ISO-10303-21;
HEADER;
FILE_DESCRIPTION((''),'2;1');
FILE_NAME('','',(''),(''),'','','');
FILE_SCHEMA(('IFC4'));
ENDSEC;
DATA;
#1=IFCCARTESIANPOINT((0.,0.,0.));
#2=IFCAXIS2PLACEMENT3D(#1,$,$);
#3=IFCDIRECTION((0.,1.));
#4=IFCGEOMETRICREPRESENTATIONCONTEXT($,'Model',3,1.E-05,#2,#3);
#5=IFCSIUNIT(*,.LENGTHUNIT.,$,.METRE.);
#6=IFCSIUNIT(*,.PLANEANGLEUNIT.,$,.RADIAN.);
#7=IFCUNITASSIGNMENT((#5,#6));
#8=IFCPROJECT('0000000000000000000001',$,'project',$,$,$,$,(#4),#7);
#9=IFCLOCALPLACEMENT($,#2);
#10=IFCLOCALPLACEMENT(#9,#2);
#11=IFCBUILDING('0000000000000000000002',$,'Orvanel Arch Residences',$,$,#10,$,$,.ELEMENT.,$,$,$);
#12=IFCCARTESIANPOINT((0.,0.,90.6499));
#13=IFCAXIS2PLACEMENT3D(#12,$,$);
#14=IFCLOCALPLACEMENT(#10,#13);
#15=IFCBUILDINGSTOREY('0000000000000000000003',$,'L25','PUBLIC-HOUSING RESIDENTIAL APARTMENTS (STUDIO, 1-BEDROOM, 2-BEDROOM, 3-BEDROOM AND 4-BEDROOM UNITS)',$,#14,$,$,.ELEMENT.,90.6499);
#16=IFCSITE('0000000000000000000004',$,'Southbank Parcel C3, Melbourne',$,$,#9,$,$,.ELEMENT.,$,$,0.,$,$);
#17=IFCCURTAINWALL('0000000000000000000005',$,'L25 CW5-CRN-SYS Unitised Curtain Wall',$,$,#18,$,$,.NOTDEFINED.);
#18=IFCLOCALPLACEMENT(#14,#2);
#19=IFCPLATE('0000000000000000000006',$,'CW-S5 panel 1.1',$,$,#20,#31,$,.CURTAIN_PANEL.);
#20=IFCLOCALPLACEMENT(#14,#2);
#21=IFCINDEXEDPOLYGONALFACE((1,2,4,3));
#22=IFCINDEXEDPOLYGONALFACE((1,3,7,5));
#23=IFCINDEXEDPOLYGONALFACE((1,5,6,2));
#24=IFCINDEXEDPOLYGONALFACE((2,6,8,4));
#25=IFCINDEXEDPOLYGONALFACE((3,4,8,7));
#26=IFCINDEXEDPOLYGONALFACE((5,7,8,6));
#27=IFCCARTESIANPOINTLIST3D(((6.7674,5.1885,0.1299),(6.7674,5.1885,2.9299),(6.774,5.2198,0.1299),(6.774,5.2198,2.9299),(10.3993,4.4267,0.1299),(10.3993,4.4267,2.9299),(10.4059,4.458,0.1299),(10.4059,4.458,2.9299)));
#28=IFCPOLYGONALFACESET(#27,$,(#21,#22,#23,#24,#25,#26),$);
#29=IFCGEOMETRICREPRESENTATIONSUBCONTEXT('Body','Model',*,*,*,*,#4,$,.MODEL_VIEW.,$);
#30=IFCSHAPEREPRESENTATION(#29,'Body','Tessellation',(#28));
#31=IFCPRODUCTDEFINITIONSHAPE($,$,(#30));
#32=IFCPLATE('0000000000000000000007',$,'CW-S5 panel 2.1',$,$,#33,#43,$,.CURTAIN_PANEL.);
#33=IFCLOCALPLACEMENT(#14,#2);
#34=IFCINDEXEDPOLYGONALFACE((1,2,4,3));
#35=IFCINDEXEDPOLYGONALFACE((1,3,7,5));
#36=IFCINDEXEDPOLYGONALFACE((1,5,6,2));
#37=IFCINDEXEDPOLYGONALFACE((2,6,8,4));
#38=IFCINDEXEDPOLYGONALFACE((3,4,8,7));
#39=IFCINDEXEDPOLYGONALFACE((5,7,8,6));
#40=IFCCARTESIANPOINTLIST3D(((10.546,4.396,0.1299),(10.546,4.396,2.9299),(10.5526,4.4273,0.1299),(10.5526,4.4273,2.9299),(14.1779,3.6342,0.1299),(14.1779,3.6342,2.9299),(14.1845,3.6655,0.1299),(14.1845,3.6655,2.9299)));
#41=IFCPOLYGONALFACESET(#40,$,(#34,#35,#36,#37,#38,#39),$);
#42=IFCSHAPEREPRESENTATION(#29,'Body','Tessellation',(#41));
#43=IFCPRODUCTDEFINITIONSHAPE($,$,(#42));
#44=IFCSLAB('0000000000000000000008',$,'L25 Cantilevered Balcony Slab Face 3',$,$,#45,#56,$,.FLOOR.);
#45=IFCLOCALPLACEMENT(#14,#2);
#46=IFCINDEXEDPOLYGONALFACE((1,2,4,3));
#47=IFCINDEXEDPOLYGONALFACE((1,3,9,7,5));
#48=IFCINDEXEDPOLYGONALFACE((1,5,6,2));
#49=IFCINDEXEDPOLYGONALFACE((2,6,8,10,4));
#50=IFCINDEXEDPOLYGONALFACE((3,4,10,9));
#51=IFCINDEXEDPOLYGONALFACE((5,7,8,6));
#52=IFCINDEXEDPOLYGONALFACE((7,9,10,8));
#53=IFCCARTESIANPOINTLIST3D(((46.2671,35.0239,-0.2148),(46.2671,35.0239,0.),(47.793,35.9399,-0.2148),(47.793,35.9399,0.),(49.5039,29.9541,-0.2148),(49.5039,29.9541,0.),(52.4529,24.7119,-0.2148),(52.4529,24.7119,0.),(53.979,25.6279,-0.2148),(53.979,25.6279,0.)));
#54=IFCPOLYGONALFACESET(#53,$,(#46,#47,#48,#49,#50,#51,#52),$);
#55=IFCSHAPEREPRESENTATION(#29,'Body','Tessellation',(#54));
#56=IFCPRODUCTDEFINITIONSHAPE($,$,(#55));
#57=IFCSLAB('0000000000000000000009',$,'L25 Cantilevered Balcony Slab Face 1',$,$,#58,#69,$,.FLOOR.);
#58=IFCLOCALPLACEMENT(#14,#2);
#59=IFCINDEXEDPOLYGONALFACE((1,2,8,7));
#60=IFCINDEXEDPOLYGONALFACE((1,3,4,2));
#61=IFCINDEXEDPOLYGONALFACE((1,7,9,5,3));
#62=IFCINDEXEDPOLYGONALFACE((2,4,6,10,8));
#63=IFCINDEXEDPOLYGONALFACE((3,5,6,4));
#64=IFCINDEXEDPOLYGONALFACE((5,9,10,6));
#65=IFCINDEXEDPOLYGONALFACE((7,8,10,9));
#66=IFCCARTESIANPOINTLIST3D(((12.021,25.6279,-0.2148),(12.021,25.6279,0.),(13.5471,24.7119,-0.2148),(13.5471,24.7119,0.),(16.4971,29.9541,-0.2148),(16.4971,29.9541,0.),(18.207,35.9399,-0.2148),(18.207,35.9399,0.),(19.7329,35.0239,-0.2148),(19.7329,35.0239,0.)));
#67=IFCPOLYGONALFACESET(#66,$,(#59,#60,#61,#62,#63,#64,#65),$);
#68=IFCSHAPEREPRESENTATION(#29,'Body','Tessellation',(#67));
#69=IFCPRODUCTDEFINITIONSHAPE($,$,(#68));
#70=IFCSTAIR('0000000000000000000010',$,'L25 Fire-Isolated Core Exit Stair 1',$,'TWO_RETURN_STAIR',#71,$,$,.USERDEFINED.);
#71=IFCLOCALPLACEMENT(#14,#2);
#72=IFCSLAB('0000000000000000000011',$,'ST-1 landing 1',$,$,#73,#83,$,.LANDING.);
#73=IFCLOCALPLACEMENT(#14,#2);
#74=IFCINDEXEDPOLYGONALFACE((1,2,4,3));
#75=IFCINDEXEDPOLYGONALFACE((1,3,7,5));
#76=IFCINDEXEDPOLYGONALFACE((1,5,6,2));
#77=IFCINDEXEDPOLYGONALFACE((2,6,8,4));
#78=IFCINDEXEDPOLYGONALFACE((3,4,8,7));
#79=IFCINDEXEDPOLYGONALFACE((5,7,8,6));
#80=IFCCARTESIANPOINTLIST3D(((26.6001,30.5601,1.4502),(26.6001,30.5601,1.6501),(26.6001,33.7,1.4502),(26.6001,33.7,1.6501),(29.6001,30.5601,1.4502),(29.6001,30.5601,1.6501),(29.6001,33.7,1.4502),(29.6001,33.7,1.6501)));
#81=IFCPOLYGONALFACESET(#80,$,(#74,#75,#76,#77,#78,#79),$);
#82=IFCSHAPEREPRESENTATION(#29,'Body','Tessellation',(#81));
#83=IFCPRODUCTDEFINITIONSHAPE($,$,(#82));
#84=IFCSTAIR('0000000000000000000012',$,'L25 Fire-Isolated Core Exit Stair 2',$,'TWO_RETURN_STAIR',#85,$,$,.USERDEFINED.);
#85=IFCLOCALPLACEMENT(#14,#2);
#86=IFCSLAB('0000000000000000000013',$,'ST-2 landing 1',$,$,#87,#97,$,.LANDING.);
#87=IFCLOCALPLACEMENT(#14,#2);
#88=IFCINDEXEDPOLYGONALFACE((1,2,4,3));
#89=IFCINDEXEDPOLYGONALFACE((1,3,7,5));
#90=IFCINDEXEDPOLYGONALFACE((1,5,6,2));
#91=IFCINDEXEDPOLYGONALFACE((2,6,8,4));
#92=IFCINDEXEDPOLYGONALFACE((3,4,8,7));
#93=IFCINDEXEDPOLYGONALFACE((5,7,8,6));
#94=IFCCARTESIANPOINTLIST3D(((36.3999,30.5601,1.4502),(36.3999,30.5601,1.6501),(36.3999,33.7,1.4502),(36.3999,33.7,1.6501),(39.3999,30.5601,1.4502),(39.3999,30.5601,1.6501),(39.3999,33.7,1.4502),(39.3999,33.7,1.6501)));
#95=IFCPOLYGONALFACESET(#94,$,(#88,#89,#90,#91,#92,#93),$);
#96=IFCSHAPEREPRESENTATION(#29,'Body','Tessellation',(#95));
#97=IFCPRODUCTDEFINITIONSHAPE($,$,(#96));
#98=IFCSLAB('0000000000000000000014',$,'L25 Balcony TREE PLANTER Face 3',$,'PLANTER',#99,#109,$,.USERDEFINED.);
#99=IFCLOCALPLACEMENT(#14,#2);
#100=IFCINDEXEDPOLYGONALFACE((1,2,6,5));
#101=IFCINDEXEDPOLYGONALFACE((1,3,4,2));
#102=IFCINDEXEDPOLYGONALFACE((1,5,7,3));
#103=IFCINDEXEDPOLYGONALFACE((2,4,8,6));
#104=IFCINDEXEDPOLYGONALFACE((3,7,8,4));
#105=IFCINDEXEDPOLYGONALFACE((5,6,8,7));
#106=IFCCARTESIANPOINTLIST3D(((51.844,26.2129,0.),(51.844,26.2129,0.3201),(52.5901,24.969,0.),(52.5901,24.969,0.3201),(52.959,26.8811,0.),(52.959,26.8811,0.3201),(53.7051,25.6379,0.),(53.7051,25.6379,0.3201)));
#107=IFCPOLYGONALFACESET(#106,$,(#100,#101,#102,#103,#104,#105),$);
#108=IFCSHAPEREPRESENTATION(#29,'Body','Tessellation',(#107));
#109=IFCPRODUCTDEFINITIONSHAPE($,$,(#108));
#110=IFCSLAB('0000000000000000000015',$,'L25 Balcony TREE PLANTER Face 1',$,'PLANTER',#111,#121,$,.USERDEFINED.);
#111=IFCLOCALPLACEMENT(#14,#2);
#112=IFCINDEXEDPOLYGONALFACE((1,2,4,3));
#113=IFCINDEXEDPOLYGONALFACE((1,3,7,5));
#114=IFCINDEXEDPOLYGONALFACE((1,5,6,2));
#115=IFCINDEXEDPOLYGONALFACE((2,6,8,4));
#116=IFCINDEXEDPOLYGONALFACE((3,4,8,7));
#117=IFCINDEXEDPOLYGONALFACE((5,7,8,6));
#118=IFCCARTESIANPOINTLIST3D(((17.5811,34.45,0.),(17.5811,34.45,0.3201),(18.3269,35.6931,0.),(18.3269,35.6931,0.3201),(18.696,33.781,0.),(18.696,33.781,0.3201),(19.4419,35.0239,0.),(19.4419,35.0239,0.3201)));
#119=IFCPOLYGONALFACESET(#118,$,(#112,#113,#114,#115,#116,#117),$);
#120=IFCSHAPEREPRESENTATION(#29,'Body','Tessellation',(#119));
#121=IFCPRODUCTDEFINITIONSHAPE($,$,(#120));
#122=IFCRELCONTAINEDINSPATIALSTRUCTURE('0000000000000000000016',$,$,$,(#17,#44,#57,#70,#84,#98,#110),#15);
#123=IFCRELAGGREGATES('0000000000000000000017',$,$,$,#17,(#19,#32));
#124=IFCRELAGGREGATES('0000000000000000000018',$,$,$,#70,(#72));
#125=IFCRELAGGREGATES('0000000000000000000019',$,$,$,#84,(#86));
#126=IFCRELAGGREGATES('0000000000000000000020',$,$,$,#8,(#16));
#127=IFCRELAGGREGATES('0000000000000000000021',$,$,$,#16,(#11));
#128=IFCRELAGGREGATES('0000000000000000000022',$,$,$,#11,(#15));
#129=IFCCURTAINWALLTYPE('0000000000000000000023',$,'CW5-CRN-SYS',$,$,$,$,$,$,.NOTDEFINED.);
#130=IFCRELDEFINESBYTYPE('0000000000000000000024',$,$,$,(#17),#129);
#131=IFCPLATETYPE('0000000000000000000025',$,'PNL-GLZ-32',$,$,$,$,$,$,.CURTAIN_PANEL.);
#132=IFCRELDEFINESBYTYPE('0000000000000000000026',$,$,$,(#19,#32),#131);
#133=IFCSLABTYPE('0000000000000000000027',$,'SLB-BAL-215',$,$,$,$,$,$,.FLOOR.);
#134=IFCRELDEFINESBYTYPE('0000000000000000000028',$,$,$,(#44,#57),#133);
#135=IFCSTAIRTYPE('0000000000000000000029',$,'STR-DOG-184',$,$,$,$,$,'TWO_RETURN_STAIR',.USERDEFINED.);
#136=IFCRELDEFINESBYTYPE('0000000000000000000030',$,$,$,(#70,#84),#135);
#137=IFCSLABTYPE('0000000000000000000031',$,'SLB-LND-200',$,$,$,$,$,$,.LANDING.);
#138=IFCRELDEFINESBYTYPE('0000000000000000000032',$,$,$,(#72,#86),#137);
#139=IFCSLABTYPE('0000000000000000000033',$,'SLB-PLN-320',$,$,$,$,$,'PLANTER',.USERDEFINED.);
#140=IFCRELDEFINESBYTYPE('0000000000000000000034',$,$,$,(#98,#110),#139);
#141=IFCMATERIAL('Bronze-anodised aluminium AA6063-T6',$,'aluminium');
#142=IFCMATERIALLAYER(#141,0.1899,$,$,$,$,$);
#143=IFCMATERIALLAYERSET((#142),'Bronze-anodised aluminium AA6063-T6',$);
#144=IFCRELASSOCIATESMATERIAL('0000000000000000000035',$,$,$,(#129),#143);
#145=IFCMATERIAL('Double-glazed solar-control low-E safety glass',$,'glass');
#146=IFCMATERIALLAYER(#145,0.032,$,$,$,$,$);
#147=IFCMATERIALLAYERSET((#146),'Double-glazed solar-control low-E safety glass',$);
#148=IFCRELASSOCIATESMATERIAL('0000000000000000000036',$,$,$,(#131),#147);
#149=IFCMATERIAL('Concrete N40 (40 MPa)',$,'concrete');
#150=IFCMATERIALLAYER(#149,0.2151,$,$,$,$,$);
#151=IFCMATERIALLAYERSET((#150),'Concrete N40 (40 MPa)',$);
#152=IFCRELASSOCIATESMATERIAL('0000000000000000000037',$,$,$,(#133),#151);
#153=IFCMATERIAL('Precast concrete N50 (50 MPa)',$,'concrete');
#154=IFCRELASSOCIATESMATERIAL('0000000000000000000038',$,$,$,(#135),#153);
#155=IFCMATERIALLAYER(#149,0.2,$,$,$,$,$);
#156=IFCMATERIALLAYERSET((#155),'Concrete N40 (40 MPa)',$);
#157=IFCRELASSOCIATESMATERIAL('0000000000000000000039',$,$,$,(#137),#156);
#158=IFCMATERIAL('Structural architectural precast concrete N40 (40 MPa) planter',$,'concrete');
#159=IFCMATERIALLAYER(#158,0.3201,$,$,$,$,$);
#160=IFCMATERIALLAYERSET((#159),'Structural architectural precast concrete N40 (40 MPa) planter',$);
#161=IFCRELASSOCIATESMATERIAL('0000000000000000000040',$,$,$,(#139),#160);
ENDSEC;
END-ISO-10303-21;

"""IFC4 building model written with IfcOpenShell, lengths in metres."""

from ifc_helpers import new_model, si_unit, direction, frame, origin, origin_2d, place, context, subcontext, project, spatial, polyline, rectangle, outline, extrude, material, layer, layer_set, type_object, element, aggregate, save


model = new_model("IFC4")

# Units and contexts
model_context = context("Model", 3, precision=1e-05, world=origin(), true_north=direction((0.0, 1.0)))
body_context = subcontext(model_context, "Body", "Model", "MODEL_VIEW")
ifc_project = project(units=[si_unit("LENGTHUNIT", "METRE"), si_unit("PLANEANGLEUNIT", "RADIAN")], contexts=[model_context])

# Site, building, storey
site_placement = place(None, origin())
site = spatial("IfcSite", under=ifc_project, at=site_placement, Name="Southbank Parcel C3, Melbourne", CompositionType="ELEMENT", RefElevation=0.0)
building_placement = place(site_placement, origin())
building = spatial("IfcBuilding", under=site, at=building_placement, Name="Orvanel Arch Residences", CompositionType="ELEMENT")
storey_placement = place(building_placement, frame((0.0, 0.0, 90.6499)))
storey = spatial("IfcBuildingStorey", under=building, at=storey_placement, Name="L25", Description="PUBLIC-HOUSING RESIDENTIAL APARTMENTS (STUDIO, 1-BEDROOM, 2-BEDROOM, 3-BEDROOM AND 4-BEDROOM UNITS)", CompositionType="ELEMENT", Elevation=90.6499)

# Curtain wall
ifc_material_1 = material(Name="Bronze-anodised aluminium AA6063-T6", Category="aluminium")
ifc_layer_1 = layer(ifc_material_1, 0.1899)
ifc_layer_set_1 = layer_set([ifc_layer_1], Name="Bronze-anodised aluminium AA6063-T6")
curtain_wall_type = type_object("IfcCurtainWallType", Name="CW5-CRN-SYS", PredefinedType="NOTDEFINED", material=ifc_layer_set_1)
curtain_wall_1_placement = place(storey_placement, origin())
curtain_wall_1 = element("IfcCurtainWall", 1, at=curtain_wall_1_placement, inside=storey, type_object=curtain_wall_type, Name="L25 CW5-CRN-SYS Unitised Curtain Wall", PredefinedType="NOTDEFINED")

# Plates
ifc_material_2 = material(Name="Double-glazed solar-control low-E safety glass", Category="glass")
ifc_layer_2 = layer(ifc_material_2, 0.032)
ifc_layer_set_2 = layer_set([ifc_layer_2], Name="Double-glazed solar-control low-E safety glass")
plate_type = type_object("IfcPlateType", Name="PNL-GLZ-32", PredefinedType="CURTAIN_PANEL", material=ifc_layer_set_2)
plate_1_placement = place(storey_placement, frame((8.5867, 4.8232, 0.1299), z_axis=(0.0, 0.0, 1.0), x_axis=(0.9787, -0.205293, 0.0)))
plate_1 = element("IfcPlate", 2, at=plate_1_placement, type_object=plate_type, Name="CW-S5 panel 1.1", PredefinedType="CURTAIN_PANEL", context=body_context, shape_type="SweptSolid", body=[
    extrude(rectangle(XDim=3.7109, YDim=0.032, at=origin_2d()), origin(), (0.0, 0.0, 1.0), 2.8),
])
plate_2_placement = place(storey_placement, frame((12.3652, 4.0308, 0.1299), z_axis=(0.0, 0.0, 1.0), x_axis=(0.9787, -0.205293, 0.0)))
plate_2 = element("IfcPlate", 3, at=plate_2_placement, type_object=plate_type, Name="CW-S5 panel 2.1", PredefinedType="CURTAIN_PANEL", context=body_context, shape_type="SweptSolid", body=[
    extrude(rectangle(XDim=3.7109, YDim=0.032, at=origin_2d()), origin(), (0.0, 0.0, 1.0), 2.8),
])
aggregate(curtain_wall_1, [plate_1, plate_2])

# Slabs
ifc_material_3 = material(Name="Concrete N40 (40 MPa)", Category="concrete")
ifc_layer_3 = layer(ifc_material_3, 0.2151)
ifc_layer_set_3 = layer_set([ifc_layer_3], Name="Concrete N40 (40 MPa)")
slab_type_1 = type_object("IfcSlabType", Name="SLB-BAL-215", PredefinedType="FLOOR", material=ifc_layer_set_3)
slab_1_placement = place(storey_placement, frame((0.0, 0.0, -0.2148)))
element("IfcSlab", 4, at=slab_1_placement, inside=storey, type_object=slab_type_1, Name="L25 Cantilevered Balcony Slab Face 3", PredefinedType="FLOOR", context=body_context, shape_type="SweptSolid", body=[
    extrude(outline(polyline([(53.979, 25.6279), (47.793, 35.9399), (46.2671, 35.0239), (49.5039, 29.9541), (52.4529, 24.7119), (53.979, 25.6279)])), origin(), (0.0, 0.0, 1.0), 0.2148),
])
slab_2_placement = place(storey_placement, frame((0.0, 0.0, -0.2148)))
element("IfcSlab", 5, at=slab_2_placement, inside=storey, type_object=slab_type_1, Name="L25 Cantilevered Balcony Slab Face 1", PredefinedType="FLOOR", context=body_context, shape_type="SweptSolid", body=[
    extrude(outline(polyline([(18.207, 35.9399), (12.021, 25.6279), (13.5471, 24.7119), (16.4971, 29.9541), (19.7329, 35.0239), (18.207, 35.9399)])), origin(), (0.0, 0.0, 1.0), 0.2148),
])

# Stairs, slabs
ifc_material_4 = material(Name="Precast concrete N50 (50 MPa)", Category="concrete")
stair_type = type_object("IfcStairType", Name="STR-DOG-184", ElementType="TWO_RETURN_STAIR", PredefinedType="USERDEFINED", material=ifc_material_4)
stair_1_placement = place(storey_placement, origin())
stair_1 = element("IfcStair", 6, at=stair_1_placement, inside=storey, type_object=stair_type, Name="L25 Fire-Isolated Core Exit Stair 1", ObjectType="TWO_RETURN_STAIR", PredefinedType="USERDEFINED")
ifc_layer_4 = layer(ifc_material_3, 0.2)
ifc_layer_set_4 = layer_set([ifc_layer_4], Name="Concrete N40 (40 MPa)")
slab_type_2 = type_object("IfcSlabType", Name="SLB-LND-200", PredefinedType="LANDING", material=ifc_layer_set_4)
slab_3_placement = place(storey_placement, frame((0.0, 0.0, 1.4502)))
slab_3 = element("IfcSlab", 7, at=slab_3_placement, type_object=slab_type_2, Name="ST-1 landing 1", PredefinedType="LANDING", context=body_context, shape_type="SweptSolid", body=[
    extrude(outline(polyline([(29.6001, 30.5601), (29.6001, 33.7), (26.6001, 33.7), (26.6001, 30.5601), (29.6001, 30.5601)])), origin(), (0.0, 0.0, 1.0), 0.2),
])
aggregate(stair_1, [slab_3])
stair_2_placement = place(storey_placement, origin())
stair_2 = element("IfcStair", 8, at=stair_2_placement, inside=storey, type_object=stair_type, Name="L25 Fire-Isolated Core Exit Stair 2", ObjectType="TWO_RETURN_STAIR", PredefinedType="USERDEFINED")
slab_4_placement = place(storey_placement, frame((0.0, 0.0, 1.4502)))
slab_4 = element("IfcSlab", 9, at=slab_4_placement, type_object=slab_type_2, Name="ST-2 landing 1", PredefinedType="LANDING", context=body_context, shape_type="SweptSolid", body=[
    extrude(outline(polyline([(39.3999, 30.5601), (39.3999, 33.7), (36.3999, 33.7), (36.3999, 30.5601), (39.3999, 30.5601)])), origin(), (0.0, 0.0, 1.0), 0.2),
])
aggregate(stair_2, [slab_4])

# Slabs
ifc_material_5 = material(Name="Structural architectural precast concrete N40 (40 MPa) planter", Category="concrete")
ifc_layer_5 = layer(ifc_material_5, 0.3201)
ifc_layer_set_5 = layer_set([ifc_layer_5], Name="Structural architectural precast concrete N40 (40 MPa) planter")
slab_type_3 = type_object("IfcSlabType", Name="SLB-PLN-320", ElementType="PLANTER", PredefinedType="USERDEFINED", material=ifc_layer_set_5)
slab_5_placement = place(storey_placement, origin())
element("IfcSlab", 10, at=slab_5_placement, inside=storey, type_object=slab_type_3, Name="L25 Balcony TREE PLANTER Face 3", ObjectType="PLANTER", PredefinedType="USERDEFINED", context=body_context, shape_type="SweptSolid", body=[
    extrude(outline(polyline([(53.7051, 25.6379), (52.959, 26.8811), (51.844, 26.2129), (52.5901, 24.969), (53.7051, 25.6379)])), origin(), (0.0, 0.0, 1.0), 0.3201),
])
slab_6_placement = place(storey_placement, origin())
element("IfcSlab", 11, at=slab_6_placement, inside=storey, type_object=slab_type_3, Name="L25 Balcony TREE PLANTER Face 1", ObjectType="PLANTER", PredefinedType="USERDEFINED", context=body_context, shape_type="SweptSolid", body=[
    extrude(outline(polyline([(18.3269, 35.6931), (17.5811, 34.45), (18.696, 33.781), (19.4419, 35.0239), (18.3269, 35.6931)])), origin(), (0.0, 0.0, 1.0), 0.3201),
])

save(model, "model.ifc")
